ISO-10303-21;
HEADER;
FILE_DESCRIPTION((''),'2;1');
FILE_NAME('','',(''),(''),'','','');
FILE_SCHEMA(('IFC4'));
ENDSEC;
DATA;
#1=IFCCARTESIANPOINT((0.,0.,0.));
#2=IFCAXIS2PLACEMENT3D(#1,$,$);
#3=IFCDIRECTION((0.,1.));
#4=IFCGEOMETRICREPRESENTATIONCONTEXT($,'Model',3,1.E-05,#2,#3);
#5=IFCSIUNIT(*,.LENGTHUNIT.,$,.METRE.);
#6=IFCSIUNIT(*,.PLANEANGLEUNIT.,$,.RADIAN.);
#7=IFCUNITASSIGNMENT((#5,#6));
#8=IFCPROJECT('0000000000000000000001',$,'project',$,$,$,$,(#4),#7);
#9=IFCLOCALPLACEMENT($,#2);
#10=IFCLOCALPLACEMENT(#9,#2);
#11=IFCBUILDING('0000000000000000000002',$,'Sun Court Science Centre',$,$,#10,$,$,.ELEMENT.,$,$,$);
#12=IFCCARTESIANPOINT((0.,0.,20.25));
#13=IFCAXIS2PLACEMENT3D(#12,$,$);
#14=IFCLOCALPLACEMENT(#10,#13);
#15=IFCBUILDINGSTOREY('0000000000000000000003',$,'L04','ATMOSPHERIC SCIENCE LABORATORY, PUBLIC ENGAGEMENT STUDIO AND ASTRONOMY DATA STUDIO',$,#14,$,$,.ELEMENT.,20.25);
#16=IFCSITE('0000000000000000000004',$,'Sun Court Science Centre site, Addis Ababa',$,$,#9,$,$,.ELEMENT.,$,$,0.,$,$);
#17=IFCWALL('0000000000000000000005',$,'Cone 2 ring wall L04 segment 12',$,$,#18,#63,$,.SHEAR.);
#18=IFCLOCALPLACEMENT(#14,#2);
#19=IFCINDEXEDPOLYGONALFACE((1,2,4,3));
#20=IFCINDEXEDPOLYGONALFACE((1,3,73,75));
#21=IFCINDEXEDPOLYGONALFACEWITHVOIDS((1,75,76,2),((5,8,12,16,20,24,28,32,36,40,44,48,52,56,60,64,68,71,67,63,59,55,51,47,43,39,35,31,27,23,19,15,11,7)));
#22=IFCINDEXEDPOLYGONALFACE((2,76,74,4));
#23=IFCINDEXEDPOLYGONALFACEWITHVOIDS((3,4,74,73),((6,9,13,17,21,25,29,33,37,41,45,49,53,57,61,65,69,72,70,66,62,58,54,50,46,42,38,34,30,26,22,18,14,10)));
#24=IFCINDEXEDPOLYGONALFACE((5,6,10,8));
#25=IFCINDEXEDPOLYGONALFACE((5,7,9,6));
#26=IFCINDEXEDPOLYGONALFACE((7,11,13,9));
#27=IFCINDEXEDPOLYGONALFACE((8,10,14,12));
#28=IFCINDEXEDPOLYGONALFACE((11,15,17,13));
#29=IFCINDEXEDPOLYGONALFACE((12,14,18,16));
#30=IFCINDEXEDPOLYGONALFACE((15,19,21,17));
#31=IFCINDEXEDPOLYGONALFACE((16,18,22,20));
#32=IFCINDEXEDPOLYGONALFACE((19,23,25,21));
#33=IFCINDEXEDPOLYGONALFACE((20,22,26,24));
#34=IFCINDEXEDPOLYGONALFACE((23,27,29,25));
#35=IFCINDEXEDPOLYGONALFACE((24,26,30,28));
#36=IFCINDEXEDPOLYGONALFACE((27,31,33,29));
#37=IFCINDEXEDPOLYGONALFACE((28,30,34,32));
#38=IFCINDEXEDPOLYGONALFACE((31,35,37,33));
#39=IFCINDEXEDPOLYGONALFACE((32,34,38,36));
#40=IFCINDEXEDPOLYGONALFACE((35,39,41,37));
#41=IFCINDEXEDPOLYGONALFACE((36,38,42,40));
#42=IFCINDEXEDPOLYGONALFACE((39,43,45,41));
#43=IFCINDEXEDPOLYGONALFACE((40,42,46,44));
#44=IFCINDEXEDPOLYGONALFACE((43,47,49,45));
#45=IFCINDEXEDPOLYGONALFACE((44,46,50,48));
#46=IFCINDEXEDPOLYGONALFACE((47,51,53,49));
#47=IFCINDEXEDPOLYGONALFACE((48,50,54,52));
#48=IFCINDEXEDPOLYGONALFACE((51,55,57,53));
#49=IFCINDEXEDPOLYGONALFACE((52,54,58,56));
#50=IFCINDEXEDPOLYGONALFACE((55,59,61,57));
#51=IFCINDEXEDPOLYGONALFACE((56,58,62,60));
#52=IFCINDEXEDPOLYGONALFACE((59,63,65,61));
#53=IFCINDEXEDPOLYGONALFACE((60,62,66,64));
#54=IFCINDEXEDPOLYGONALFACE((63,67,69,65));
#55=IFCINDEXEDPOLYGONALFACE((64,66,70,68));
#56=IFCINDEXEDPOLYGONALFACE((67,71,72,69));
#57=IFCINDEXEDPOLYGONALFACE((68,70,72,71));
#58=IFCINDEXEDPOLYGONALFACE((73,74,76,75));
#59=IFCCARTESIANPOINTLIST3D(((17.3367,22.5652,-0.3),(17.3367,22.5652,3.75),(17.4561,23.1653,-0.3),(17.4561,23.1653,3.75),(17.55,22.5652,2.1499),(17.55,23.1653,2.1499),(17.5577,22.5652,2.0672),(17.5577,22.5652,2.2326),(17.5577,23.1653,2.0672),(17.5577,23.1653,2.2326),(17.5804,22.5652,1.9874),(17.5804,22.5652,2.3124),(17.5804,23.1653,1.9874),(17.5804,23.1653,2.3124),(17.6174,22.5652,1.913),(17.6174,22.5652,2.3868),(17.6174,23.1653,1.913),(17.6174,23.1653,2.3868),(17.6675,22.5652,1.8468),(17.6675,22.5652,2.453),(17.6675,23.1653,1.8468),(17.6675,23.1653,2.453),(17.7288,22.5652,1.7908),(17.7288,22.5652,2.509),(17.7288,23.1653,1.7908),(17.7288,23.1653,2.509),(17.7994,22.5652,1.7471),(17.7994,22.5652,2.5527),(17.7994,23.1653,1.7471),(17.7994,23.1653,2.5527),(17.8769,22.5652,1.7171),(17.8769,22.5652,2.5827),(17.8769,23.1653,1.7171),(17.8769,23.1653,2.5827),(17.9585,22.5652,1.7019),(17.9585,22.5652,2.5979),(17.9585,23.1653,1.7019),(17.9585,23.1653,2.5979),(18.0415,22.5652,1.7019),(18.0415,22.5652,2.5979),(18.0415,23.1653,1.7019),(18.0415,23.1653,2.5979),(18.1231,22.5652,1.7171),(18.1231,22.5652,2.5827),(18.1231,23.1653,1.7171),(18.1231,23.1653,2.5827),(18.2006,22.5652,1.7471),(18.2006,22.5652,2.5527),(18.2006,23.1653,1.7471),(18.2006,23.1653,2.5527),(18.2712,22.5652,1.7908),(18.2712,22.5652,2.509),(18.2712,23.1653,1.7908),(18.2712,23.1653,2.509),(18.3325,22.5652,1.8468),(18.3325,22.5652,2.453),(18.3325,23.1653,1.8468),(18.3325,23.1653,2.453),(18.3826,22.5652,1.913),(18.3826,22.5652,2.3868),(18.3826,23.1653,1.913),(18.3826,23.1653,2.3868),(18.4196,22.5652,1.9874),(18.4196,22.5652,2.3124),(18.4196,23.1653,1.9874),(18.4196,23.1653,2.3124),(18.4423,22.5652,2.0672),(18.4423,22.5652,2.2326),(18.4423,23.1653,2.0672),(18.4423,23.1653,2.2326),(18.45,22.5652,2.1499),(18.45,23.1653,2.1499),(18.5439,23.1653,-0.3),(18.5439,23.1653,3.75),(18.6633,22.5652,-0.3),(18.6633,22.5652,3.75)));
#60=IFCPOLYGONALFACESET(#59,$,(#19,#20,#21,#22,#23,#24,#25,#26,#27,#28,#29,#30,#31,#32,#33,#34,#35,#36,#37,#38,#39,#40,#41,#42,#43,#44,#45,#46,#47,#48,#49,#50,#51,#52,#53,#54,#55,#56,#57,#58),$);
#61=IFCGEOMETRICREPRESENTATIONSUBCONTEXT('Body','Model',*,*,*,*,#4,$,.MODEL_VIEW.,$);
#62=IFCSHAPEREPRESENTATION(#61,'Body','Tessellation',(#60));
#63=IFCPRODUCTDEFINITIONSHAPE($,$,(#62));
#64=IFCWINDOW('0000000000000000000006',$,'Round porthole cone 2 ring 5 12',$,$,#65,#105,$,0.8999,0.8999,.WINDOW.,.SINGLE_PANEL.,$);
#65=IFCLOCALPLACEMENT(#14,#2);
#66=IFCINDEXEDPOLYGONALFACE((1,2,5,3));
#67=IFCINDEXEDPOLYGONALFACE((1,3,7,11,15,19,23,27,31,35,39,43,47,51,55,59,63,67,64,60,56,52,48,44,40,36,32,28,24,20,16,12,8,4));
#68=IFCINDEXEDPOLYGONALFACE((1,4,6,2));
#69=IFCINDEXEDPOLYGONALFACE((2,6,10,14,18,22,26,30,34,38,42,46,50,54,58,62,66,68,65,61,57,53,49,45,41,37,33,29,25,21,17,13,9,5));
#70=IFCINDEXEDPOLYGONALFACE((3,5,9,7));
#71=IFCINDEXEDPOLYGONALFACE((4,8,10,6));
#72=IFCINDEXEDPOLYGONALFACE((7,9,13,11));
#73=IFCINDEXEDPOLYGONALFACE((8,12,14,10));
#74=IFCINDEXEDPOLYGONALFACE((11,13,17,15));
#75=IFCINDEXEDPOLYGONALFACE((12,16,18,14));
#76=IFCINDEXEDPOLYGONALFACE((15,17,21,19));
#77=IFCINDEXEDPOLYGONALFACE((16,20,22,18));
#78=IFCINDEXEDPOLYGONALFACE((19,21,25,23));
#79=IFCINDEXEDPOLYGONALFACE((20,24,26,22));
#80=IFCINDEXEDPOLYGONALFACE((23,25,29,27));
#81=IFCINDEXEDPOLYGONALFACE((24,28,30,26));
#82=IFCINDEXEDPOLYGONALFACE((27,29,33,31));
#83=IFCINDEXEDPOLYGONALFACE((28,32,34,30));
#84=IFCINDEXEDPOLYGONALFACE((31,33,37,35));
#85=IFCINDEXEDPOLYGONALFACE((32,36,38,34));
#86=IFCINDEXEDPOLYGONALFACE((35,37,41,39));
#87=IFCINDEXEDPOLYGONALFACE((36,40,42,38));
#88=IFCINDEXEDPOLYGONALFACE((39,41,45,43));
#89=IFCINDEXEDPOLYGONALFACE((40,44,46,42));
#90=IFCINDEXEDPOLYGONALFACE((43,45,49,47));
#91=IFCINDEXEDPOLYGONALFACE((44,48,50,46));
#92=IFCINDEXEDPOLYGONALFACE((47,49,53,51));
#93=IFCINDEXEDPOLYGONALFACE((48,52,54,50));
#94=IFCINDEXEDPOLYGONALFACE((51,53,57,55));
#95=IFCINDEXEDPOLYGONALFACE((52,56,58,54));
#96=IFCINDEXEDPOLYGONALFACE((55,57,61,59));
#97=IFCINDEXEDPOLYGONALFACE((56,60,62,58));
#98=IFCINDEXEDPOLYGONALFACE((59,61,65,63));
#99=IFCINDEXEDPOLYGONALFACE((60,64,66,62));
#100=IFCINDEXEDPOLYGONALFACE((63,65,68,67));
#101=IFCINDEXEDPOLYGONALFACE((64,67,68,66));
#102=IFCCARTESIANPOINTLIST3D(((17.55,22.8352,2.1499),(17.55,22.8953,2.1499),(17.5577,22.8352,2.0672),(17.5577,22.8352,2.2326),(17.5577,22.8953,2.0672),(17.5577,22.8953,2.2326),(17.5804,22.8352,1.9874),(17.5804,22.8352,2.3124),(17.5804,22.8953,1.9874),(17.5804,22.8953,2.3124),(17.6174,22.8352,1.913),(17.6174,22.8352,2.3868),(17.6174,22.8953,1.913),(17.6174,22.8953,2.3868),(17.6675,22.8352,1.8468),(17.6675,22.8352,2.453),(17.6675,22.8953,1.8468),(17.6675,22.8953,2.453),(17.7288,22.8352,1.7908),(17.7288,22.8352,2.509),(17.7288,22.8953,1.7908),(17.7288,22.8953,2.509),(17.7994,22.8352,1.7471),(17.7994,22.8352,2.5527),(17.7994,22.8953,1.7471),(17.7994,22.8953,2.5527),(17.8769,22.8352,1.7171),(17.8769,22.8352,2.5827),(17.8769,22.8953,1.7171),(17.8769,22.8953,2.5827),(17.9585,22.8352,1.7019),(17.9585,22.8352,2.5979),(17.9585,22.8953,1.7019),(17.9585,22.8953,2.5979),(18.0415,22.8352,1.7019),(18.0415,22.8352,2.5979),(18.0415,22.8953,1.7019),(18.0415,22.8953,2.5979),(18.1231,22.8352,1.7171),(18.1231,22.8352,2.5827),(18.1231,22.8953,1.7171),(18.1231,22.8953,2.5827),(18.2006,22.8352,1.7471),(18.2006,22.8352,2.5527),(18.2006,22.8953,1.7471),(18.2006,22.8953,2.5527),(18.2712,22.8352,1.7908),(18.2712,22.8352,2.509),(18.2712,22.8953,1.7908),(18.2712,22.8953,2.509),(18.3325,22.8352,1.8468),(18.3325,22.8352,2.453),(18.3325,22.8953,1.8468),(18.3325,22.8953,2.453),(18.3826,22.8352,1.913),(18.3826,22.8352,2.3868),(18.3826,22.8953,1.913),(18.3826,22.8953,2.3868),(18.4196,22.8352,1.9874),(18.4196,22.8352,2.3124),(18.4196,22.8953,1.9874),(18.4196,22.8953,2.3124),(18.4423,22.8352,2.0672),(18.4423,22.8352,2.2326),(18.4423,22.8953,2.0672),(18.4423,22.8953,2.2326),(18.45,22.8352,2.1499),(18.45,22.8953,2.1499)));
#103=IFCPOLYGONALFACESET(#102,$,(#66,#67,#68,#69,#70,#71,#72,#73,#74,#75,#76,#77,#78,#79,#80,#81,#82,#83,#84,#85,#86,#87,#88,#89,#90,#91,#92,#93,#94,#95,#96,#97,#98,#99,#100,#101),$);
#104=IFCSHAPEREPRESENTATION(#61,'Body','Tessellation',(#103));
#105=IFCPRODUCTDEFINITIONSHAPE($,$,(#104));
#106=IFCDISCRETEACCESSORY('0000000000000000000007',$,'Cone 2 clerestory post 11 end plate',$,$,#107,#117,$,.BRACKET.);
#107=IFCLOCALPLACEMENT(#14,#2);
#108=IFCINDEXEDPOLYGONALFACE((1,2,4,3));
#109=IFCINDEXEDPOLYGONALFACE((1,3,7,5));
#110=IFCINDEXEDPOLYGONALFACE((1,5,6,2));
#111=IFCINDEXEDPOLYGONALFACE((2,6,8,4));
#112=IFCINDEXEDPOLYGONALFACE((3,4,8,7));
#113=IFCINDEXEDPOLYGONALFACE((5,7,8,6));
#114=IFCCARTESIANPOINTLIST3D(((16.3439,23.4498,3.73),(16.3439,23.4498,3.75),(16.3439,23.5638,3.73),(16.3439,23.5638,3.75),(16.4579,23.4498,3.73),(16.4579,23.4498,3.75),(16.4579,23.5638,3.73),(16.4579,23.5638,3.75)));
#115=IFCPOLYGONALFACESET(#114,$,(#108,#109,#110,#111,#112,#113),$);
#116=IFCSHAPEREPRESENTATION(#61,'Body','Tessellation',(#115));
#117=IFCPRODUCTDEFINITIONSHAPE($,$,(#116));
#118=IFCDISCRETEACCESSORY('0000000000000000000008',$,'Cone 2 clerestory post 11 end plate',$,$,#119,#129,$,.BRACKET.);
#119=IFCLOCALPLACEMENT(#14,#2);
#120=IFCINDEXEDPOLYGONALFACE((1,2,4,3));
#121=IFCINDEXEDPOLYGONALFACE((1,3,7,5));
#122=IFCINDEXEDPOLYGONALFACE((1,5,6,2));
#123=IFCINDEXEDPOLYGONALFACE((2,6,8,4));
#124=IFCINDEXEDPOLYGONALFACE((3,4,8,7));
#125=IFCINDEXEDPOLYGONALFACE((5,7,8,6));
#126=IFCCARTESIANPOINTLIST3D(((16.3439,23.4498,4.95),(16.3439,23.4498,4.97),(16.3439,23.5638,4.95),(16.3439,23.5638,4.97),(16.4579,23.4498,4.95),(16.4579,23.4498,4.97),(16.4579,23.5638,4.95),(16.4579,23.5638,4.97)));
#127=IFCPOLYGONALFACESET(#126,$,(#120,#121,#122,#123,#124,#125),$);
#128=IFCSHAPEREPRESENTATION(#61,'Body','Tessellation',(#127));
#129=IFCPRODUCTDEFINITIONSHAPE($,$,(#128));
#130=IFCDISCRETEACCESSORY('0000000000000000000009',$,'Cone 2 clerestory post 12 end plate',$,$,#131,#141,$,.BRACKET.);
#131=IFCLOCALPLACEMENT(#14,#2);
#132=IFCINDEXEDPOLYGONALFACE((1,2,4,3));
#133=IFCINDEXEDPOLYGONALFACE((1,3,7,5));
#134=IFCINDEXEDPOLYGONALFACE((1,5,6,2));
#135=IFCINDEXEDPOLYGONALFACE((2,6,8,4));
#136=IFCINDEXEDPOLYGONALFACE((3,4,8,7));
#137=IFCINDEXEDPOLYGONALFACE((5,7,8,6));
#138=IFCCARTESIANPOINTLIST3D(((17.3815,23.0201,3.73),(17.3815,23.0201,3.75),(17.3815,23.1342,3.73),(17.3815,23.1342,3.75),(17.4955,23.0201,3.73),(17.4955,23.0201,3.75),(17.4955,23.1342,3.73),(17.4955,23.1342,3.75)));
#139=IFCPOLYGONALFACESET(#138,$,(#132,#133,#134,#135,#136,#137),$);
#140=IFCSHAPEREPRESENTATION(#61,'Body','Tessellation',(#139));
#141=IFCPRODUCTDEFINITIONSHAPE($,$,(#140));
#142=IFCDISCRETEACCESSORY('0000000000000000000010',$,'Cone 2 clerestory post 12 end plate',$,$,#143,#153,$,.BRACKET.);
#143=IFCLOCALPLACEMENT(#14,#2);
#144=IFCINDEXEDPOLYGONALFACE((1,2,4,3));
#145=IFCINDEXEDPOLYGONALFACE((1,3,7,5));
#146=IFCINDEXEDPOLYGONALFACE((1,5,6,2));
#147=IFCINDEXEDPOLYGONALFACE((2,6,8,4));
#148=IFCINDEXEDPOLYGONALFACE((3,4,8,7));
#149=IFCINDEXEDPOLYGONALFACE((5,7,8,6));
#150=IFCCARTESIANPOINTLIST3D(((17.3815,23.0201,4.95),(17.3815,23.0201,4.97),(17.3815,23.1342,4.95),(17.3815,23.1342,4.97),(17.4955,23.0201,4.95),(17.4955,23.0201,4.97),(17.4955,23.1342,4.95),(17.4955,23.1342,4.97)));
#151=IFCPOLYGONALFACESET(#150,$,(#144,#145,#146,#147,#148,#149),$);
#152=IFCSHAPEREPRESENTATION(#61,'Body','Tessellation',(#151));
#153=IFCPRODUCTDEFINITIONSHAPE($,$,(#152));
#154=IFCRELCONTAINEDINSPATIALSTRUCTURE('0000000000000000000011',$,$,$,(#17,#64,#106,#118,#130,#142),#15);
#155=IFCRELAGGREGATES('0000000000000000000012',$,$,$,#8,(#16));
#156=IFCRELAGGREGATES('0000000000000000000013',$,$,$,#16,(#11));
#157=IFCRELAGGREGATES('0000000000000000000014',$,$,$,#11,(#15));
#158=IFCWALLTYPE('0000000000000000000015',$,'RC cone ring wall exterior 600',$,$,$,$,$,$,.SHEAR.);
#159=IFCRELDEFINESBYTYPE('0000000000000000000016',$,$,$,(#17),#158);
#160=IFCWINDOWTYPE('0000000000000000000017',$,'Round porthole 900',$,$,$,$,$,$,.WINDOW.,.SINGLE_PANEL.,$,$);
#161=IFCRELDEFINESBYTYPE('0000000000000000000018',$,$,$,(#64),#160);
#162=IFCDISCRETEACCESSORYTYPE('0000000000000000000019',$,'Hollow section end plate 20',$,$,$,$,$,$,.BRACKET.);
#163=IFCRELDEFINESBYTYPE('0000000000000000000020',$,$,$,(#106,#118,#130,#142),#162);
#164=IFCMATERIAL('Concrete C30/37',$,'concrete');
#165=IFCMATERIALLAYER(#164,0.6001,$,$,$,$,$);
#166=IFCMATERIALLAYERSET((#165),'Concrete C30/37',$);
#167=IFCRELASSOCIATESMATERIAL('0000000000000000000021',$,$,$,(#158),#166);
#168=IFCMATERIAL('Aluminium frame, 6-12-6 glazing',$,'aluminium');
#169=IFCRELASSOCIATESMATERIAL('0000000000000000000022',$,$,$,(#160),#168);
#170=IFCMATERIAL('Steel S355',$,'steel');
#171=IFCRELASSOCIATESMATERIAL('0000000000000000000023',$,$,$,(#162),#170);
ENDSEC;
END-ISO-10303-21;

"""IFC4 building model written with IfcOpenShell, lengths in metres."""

from ifc_helpers import new_model, si_unit, direction, frame, frame_2d, origin, origin_2d, place, context, subcontext, project, spatial, polyline, rectangle, circle, outline, extrude, material, layer, layer_set, type_object, element, fill, save


model = new_model("IFC4")

# Units and contexts
model_context = context("Model", 3, precision=1e-05, world=origin(), true_north=direction((0.0, 1.0)))
body_context = subcontext(model_context, "Body", "Model", "MODEL_VIEW")
ifc_project = project(units=[si_unit("LENGTHUNIT", "METRE"), si_unit("PLANEANGLEUNIT", "RADIAN")], contexts=[model_context])

# Site, building, storey
site_placement = place(None, origin())
site = spatial("IfcSite", under=ifc_project, at=site_placement, Name="Sun Court Science Centre site, Addis Ababa", CompositionType="ELEMENT", RefElevation=0.0)
building_placement = place(site_placement, origin())
building = spatial("IfcBuilding", under=site, at=building_placement, Name="Sun Court Science Centre", CompositionType="ELEMENT")
storey_placement = place(building_placement, frame((0.0, 0.0, 20.25)))
storey = spatial("IfcBuildingStorey", under=building, at=storey_placement, Name="L04", Description="ATMOSPHERIC SCIENCE LABORATORY, PUBLIC ENGAGEMENT STUDIO AND ASTRONOMY DATA STUDIO", CompositionType="ELEMENT", Elevation=20.25)

# Wall, opening, window
ifc_material_1 = material(Name="Concrete C30/37", Category="concrete")
ifc_layer_1 = layer(ifc_material_1, 0.6001)
ifc_layer_set_1 = layer_set([ifc_layer_1], Name="Concrete C30/37")
wall_type = type_object("IfcWallType", Name="RC cone ring wall exterior 600", PredefinedType="SHEAR", material=ifc_layer_set_1)
ifc_material_2 = material(Name="Aluminium frame, 6-12-6 glazing", Category="aluminium")
window_type = type_object("IfcWindowType", Name="Round porthole 900", PartitioningType="SINGLE_PANEL", PredefinedType="WINDOW", material=ifc_material_2)
wall_1_placement = place(storey_placement, frame((17.3367, 22.8652, -0.3), z_axis=(0.0, 0.0, 1.0), x_axis=(1.0, 0.0, 0.0)))
wall_1 = element("IfcWall", 1, at=wall_1_placement, inside=storey, type_object=wall_type, Name="Cone 2 ring wall L04 segment 12", PredefinedType="SHEAR", context=body_context, shape_type="SweptSolid", body=[
    extrude(outline(polyline([(0.0, -0.3), (1.3267, -0.3), (1.2073, 0.3), (0.1194, 0.3), (0.0, -0.3)])), origin(), (0.0, 0.0, 1.0), 4.05),
])
opening_1_placement = place(wall_1_placement, frame((0.2134, 0.0, 2.0)))
opening_1 = element("IfcOpeningElement", 2, at=opening_1_placement, cuts=wall_1, PredefinedType="OPENING", context=body_context, shape_type="SweptSolid", body=[
    extrude(circle(Radius=0.45, at=frame_2d((0.45, 0.45))), frame((0.0, 0.3101, 0.0), z_axis=(0.0, -1.0, 0.0), x_axis=(1.0, 0.0, 0.0)), (0.0, 0.0, 1.0), 0.6201),
])
window_1_placement = place(opening_1_placement, origin())
window_1 = element("IfcWindow", 3, at=window_1_placement, inside=storey, type_object=window_type, Name="Round porthole cone 2 ring 5 12", OverallHeight=0.8999, OverallWidth=0.8999, PartitioningType="SINGLE_PANEL", PredefinedType="WINDOW", context=body_context, shape_type="SweptSolid", body=[
    extrude(circle(Radius=0.45, at=frame_2d((0.45, 0.45))), frame((0.0, 0.03, 0.0), z_axis=(0.0, -1.0, 0.0), x_axis=(1.0, 0.0, 0.0)), (0.0, 0.0, 1.0), 0.0601),
])
fill(opening_1, window_1)

# Discrete accessories
ifc_material_3 = material(Name="Steel S355", Category="steel")
discrete_accessory_type = type_object("IfcDiscreteAccessoryType", Name="Hollow section end plate 20", PredefinedType="BRACKET", material=ifc_material_3)
for number, where, z_axis, x_axis, name in (
    (4, (16.4009, 23.5068, 3.73), (0.0, 0.0, 1.0), (1.0, 0.0, 0.0), "Cone 2 clerestory post 11 end plate"),
    (5, (16.4009, 23.5068, 4.95), (0.0, 0.0, 1.0), (1.0, 0.0, 0.0), "Cone 2 clerestory post 11 end plate"),
    (6, (17.4385, 23.0771, 3.73), (0.0, 0.0, 1.0), (1.0, 0.0, 0.0), "Cone 2 clerestory post 12 end plate"),
    (7, (17.4385, 23.0771, 4.95), (0.0, 0.0, 1.0), (1.0, 0.0, 0.0), "Cone 2 clerestory post 12 end plate"),
):
    element("IfcDiscreteAccessory", number, at=place(storey_placement, frame(where, z_axis=z_axis, x_axis=x_axis)), inside=storey, type_object=discrete_accessory_type, Name=name, PredefinedType="BRACKET", context=body_context, shape_type="SweptSolid", body=[
        extrude(rectangle(XDim=0.114, YDim=0.114, at=origin_2d()), origin(), (0.0, 0.0, 1.0), 0.02),
    ])

save(model, "model.ifc")
